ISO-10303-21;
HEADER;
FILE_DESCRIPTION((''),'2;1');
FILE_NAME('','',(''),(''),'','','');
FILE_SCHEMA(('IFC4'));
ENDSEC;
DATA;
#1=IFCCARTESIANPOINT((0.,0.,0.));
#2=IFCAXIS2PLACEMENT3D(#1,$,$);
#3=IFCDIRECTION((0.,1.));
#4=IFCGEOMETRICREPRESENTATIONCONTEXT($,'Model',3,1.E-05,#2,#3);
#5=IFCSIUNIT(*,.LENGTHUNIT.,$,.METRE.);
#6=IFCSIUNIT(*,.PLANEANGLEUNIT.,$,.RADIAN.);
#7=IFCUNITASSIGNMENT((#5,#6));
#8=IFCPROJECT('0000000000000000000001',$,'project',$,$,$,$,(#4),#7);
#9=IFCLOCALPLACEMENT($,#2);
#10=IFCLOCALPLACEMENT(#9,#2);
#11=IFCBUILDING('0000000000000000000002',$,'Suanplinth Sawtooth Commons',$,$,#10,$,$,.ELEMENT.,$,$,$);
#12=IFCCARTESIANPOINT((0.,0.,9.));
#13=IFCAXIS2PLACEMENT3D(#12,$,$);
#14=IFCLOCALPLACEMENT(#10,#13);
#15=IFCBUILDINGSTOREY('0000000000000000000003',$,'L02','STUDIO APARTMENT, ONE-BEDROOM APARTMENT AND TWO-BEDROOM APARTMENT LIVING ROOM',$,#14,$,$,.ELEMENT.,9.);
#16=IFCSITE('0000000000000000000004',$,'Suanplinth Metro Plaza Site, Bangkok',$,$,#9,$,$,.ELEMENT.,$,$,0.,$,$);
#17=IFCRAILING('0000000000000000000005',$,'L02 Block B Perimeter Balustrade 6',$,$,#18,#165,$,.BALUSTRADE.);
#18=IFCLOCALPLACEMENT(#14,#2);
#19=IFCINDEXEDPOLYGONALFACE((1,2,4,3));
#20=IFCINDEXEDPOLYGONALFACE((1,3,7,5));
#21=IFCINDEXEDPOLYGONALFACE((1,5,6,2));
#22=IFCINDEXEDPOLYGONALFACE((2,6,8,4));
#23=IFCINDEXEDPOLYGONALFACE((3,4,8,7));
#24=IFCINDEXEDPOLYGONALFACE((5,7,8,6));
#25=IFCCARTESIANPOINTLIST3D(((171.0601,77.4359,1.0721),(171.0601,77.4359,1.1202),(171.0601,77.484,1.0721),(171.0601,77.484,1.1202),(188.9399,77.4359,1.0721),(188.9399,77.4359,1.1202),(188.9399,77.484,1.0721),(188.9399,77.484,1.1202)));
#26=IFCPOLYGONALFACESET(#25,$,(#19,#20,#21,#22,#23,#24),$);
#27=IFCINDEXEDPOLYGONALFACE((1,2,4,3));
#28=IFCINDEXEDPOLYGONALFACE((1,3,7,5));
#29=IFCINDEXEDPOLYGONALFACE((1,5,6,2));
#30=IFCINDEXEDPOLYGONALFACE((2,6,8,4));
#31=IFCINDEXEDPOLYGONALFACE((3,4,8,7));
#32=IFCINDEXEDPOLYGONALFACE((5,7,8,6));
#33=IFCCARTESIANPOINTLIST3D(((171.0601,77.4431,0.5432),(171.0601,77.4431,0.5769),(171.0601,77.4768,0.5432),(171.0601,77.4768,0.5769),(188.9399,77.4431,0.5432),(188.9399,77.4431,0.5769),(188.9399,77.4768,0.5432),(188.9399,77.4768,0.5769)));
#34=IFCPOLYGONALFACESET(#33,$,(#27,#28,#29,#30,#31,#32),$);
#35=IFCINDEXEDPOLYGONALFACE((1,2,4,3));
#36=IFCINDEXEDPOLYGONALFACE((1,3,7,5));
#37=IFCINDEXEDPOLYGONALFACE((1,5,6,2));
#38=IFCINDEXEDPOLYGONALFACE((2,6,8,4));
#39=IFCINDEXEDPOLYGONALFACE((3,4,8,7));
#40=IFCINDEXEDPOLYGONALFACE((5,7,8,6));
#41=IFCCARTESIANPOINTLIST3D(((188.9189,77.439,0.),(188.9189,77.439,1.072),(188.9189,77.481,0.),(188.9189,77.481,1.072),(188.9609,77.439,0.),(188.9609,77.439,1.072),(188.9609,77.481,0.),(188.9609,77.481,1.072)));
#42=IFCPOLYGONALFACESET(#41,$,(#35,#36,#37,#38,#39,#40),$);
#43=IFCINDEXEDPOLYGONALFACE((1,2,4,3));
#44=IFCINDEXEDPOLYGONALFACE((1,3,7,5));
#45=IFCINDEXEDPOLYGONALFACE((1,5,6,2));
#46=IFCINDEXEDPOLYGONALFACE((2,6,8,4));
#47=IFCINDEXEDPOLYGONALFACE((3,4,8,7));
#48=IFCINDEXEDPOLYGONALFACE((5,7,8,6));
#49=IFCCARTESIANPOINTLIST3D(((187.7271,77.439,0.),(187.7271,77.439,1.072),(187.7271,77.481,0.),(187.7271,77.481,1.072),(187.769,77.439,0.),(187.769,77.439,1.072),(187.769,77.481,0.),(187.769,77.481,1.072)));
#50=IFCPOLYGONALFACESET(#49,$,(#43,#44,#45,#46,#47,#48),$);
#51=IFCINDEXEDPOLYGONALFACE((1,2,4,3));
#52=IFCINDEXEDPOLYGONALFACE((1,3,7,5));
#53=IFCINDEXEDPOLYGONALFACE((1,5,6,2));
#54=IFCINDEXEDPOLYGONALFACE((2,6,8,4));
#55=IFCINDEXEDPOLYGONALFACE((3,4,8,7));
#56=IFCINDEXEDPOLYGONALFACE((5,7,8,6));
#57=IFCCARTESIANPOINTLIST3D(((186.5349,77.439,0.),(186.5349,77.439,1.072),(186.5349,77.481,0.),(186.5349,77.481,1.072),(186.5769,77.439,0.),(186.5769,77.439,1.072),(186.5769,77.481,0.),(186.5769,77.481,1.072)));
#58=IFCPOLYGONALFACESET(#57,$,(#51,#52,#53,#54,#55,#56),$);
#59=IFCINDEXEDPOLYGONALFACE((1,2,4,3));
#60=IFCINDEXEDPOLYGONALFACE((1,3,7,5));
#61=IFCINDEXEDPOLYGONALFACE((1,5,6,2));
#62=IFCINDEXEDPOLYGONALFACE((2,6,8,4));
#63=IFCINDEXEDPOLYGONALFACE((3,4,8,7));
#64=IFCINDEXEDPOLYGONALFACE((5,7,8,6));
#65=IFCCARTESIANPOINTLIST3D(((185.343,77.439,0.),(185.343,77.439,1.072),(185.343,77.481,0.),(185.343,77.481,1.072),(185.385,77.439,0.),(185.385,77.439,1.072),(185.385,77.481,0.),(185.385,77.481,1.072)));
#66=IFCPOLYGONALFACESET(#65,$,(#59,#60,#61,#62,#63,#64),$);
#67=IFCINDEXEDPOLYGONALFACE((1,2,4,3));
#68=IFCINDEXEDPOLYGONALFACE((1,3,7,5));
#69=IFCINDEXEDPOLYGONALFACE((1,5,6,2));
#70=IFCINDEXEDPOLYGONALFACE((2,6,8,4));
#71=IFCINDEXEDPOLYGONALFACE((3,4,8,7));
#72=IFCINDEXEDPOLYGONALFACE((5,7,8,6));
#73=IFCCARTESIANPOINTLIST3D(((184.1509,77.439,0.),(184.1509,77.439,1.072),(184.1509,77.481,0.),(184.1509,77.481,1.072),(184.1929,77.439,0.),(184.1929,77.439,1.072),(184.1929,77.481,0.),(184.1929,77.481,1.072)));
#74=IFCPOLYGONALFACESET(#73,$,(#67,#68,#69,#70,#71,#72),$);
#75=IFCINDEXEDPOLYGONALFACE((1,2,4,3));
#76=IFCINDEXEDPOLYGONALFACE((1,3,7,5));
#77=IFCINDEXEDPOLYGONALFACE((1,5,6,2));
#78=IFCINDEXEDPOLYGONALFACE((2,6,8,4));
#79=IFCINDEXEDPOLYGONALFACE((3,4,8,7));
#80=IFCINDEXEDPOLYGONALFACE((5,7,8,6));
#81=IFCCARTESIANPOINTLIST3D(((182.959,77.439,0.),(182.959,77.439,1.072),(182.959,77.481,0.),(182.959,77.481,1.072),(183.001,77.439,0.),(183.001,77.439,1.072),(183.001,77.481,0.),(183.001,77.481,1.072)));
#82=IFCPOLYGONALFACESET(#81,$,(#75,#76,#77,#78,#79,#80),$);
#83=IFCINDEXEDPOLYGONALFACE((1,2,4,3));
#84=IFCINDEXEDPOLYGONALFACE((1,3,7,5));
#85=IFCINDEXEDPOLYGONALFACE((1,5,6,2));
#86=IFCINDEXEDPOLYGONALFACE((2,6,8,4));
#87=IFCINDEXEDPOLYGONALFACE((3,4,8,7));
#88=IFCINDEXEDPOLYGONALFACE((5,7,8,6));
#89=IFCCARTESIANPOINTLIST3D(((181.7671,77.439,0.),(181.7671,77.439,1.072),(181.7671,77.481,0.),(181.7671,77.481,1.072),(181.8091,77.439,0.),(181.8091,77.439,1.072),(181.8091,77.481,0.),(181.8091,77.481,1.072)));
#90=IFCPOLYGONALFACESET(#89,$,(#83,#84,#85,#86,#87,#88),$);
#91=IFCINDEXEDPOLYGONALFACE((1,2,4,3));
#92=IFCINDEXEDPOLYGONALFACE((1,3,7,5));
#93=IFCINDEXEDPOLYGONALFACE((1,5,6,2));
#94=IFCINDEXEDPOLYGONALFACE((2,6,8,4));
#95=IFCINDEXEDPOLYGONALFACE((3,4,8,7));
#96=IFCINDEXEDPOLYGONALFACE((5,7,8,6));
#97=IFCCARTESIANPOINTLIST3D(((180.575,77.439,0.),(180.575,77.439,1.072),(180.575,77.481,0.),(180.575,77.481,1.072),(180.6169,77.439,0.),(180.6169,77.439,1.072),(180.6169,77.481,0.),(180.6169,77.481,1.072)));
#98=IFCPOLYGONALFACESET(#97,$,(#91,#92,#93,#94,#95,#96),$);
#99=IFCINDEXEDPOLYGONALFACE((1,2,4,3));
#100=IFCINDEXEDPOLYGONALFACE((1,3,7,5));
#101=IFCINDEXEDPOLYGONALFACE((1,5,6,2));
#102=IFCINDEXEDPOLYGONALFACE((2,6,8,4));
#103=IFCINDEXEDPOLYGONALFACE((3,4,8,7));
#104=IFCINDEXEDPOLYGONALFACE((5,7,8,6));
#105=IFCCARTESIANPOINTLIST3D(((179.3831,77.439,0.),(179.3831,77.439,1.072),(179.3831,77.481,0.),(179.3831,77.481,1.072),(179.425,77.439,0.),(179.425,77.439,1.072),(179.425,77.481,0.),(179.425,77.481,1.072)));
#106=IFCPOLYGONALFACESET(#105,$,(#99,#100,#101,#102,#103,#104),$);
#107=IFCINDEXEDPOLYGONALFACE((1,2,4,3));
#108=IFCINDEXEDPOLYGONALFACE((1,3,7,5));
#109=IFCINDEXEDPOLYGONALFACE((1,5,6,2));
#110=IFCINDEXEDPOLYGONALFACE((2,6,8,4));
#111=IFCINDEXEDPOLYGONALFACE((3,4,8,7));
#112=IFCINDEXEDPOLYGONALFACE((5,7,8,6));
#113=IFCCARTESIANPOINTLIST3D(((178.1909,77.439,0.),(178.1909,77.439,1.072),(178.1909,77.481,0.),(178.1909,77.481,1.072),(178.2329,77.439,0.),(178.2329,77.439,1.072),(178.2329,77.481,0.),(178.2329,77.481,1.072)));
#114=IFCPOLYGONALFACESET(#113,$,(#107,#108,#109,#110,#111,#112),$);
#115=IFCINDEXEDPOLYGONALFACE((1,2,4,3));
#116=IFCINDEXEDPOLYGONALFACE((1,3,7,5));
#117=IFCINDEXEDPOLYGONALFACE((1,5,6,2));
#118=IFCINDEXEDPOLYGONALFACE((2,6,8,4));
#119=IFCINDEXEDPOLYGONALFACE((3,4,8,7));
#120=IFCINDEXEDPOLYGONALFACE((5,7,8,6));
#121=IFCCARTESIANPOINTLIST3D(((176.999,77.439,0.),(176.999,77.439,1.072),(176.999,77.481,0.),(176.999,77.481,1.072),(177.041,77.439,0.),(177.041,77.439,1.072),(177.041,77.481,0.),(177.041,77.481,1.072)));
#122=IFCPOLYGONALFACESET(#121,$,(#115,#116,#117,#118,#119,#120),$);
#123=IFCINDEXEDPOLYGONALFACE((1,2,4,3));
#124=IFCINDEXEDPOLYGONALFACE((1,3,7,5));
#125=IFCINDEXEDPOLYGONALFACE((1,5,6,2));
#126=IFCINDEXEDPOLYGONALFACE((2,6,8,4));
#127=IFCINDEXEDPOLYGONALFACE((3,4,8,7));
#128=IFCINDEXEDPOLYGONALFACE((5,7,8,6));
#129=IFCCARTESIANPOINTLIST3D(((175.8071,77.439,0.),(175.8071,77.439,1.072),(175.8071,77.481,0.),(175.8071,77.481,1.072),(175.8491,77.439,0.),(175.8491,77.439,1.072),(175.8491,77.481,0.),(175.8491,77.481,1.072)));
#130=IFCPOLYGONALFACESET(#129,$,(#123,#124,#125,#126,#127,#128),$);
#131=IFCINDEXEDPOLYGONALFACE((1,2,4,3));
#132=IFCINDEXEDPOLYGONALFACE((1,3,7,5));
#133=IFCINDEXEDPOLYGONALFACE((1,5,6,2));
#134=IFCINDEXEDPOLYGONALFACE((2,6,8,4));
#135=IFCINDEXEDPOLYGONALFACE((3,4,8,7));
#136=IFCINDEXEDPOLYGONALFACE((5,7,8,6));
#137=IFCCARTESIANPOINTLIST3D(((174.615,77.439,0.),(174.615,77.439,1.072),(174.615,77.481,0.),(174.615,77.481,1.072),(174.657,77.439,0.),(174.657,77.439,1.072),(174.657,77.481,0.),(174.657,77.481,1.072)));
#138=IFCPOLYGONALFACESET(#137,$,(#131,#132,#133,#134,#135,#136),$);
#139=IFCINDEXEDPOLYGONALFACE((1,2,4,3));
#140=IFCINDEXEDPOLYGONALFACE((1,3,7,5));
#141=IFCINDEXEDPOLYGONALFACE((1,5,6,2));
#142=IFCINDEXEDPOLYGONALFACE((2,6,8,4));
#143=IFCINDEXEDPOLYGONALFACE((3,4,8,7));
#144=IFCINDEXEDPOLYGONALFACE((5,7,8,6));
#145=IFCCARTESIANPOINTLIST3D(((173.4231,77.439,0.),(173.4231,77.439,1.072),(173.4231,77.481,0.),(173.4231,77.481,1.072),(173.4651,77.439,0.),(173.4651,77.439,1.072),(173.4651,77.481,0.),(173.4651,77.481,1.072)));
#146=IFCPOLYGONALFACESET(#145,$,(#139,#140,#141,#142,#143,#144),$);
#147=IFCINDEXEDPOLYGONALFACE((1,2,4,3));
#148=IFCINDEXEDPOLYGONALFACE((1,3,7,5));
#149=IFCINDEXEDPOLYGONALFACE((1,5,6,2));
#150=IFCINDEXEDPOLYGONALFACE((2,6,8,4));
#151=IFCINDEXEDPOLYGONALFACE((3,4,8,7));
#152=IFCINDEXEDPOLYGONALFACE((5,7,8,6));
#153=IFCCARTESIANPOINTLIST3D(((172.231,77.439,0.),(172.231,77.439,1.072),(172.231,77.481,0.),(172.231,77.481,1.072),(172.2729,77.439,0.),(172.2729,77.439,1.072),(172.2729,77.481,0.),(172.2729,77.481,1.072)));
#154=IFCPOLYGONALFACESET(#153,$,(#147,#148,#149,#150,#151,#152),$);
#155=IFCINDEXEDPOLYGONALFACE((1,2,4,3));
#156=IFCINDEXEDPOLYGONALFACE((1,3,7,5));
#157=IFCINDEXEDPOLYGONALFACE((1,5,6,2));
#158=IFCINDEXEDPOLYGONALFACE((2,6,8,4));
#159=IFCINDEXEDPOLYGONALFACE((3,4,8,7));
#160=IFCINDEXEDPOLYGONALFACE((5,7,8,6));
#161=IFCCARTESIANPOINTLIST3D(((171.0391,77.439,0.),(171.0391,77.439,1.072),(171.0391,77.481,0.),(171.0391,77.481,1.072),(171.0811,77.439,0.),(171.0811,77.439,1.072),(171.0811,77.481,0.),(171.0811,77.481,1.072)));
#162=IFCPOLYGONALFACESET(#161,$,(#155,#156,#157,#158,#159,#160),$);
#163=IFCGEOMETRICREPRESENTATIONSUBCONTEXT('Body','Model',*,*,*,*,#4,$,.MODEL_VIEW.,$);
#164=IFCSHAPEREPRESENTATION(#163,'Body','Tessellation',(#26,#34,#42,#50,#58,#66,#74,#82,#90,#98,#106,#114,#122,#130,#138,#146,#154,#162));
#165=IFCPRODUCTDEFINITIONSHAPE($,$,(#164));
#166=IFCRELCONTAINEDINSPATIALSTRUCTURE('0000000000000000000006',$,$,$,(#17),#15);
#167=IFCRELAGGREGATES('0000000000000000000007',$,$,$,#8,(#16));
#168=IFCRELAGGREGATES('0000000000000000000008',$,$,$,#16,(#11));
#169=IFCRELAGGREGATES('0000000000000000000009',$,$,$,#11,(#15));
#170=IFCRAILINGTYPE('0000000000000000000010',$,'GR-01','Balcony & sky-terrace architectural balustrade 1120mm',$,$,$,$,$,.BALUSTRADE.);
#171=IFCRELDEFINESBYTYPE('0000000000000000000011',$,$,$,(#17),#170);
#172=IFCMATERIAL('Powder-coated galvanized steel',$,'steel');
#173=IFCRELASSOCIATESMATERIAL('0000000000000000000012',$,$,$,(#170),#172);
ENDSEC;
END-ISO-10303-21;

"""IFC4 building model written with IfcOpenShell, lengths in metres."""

from ifc_helpers import new_model, si_unit, direction, frame, origin, origin_2d, place, context, subcontext, project, spatial, rectangle, extrude, material, type_object, element, save


model = new_model("IFC4")

# Units and contexts
model_context = context("Model", 3, precision=1e-05, world=origin(), true_north=direction((0.0, 1.0)))
body_context = subcontext(model_context, "Body", "Model", "MODEL_VIEW")
ifc_project = project(units=[si_unit("LENGTHUNIT", "METRE"), si_unit("PLANEANGLEUNIT", "RADIAN")], contexts=[model_context])

# Site, building, storey
site_placement = place(None, origin())
site = spatial("IfcSite", under=ifc_project, at=site_placement, Name="Suanplinth Metro Plaza Site, Bangkok", CompositionType="ELEMENT", RefElevation=0.0)
building_placement = place(site_placement, origin())
building = spatial("IfcBuilding", under=site, at=building_placement, Name="Suanplinth Sawtooth Commons", CompositionType="ELEMENT")
storey_placement = place(building_placement, frame((0.0, 0.0, 9.0)))
storey = spatial("IfcBuildingStorey", under=building, at=storey_placement, Name="L02", Description="STUDIO APARTMENT, ONE-BEDROOM APARTMENT AND TWO-BEDROOM APARTMENT LIVING ROOM", CompositionType="ELEMENT", Elevation=9.0)

# Railing
ifc_material_1 = material(Name="Powder-coated galvanized steel", Category="steel")
railing_type = type_object("IfcRailingType", Name="GR-01", Description="Balcony & sky-terrace architectural balustrade 1120mm", PredefinedType="BALUSTRADE", material=ifc_material_1)
railing_placement = place(storey_placement, frame((188.9399, 77.46, 0.0)))
element("IfcRailing", 1, at=railing_placement, inside=storey, type_object=railing_type, Name="L02 Block B Perimeter Balustrade 6", PredefinedType="BALUSTRADE", context=body_context, shape_type="SweptSolid", body=[
    extrude(rectangle(XDim=0.0481, YDim=0.0481, at=origin_2d()), frame((0.0, 0.0, 1.0962), z_axis=(-1.0, 0.0, 0.0), x_axis=(0.0, -1.0, 0.0)), (0.0, 0.0, 1.0), 17.8799),
    extrude(rectangle(XDim=0.0337, YDim=0.0337, at=origin_2d()), frame((0.0, 0.0, 0.5601), z_axis=(-1.0, 0.0, 0.0), x_axis=(0.0, -1.0, 0.0)), (0.0, 0.0, 1.0), 17.8799),
    extrude(rectangle(XDim=0.042, YDim=0.042, at=origin_2d()), origin(), (0.0, 0.0, 1.0), 1.072),
    extrude(rectangle(XDim=0.042, YDim=0.042, at=origin_2d()), frame((-1.1919, 0.0, 0.0)), (0.0, 0.0, 1.0), 1.072),
    extrude(rectangle(XDim=0.042, YDim=0.042, at=origin_2d()), frame((-2.384, 0.0, 0.0)), (0.0, 0.0, 1.0), 1.072),
    extrude(rectangle(XDim=0.042, YDim=0.042, at=origin_2d()), frame((-3.5759, 0.0, 0.0)), (0.0, 0.0, 1.0), 1.072),
    extrude(rectangle(XDim=0.042, YDim=0.042, at=origin_2d()), frame((-4.7681, 0.0, 0.0)), (0.0, 0.0, 1.0), 1.072),
    extrude(rectangle(XDim=0.042, YDim=0.042, at=origin_2d()), frame((-5.96, 0.0, 0.0)), (0.0, 0.0, 1.0), 1.072),
    extrude(rectangle(XDim=0.042, YDim=0.042, at=origin_2d()), frame((-7.1519, 0.0, 0.0)), (0.0, 0.0, 1.0), 1.072),
    extrude(rectangle(XDim=0.042, YDim=0.042, at=origin_2d()), frame((-8.344, 0.0, 0.0)), (0.0, 0.0, 1.0), 1.072),
    extrude(rectangle(XDim=0.042, YDim=0.042, at=origin_2d()), frame((-9.5359, 0.0, 0.0)), (0.0, 0.0, 1.0), 1.072),
    extrude(rectangle(XDim=0.042, YDim=0.042, at=origin_2d()), frame((-10.728, 0.0, 0.0)), (0.0, 0.0, 1.0), 1.072),
    extrude(rectangle(XDim=0.042, YDim=0.042, at=origin_2d()), frame((-11.9199, 0.0, 0.0)), (0.0, 0.0, 1.0), 1.072),
    extrude(rectangle(XDim=0.042, YDim=0.042, at=origin_2d()), frame((-13.1118, 0.0, 0.0)), (0.0, 0.0, 1.0), 1.072),
    extrude(rectangle(XDim=0.042, YDim=0.042, at=origin_2d()), frame((-14.304, 0.0, 0.0)), (0.0, 0.0, 1.0), 1.072),
    extrude(rectangle(XDim=0.042, YDim=0.042, at=origin_2d()), frame((-15.4958, 0.0, 0.0)), (0.0, 0.0, 1.0), 1.072),
    extrude(rectangle(XDim=0.042, YDim=0.042, at=origin_2d()), frame((-16.688, 0.0, 0.0)), (0.0, 0.0, 1.0), 1.072),
    extrude(rectangle(XDim=0.042, YDim=0.042, at=origin_2d()), frame((-17.8799, 0.0, 0.0)), (0.0, 0.0, 1.0), 1.072),
])

save(model, "model.ifc")
